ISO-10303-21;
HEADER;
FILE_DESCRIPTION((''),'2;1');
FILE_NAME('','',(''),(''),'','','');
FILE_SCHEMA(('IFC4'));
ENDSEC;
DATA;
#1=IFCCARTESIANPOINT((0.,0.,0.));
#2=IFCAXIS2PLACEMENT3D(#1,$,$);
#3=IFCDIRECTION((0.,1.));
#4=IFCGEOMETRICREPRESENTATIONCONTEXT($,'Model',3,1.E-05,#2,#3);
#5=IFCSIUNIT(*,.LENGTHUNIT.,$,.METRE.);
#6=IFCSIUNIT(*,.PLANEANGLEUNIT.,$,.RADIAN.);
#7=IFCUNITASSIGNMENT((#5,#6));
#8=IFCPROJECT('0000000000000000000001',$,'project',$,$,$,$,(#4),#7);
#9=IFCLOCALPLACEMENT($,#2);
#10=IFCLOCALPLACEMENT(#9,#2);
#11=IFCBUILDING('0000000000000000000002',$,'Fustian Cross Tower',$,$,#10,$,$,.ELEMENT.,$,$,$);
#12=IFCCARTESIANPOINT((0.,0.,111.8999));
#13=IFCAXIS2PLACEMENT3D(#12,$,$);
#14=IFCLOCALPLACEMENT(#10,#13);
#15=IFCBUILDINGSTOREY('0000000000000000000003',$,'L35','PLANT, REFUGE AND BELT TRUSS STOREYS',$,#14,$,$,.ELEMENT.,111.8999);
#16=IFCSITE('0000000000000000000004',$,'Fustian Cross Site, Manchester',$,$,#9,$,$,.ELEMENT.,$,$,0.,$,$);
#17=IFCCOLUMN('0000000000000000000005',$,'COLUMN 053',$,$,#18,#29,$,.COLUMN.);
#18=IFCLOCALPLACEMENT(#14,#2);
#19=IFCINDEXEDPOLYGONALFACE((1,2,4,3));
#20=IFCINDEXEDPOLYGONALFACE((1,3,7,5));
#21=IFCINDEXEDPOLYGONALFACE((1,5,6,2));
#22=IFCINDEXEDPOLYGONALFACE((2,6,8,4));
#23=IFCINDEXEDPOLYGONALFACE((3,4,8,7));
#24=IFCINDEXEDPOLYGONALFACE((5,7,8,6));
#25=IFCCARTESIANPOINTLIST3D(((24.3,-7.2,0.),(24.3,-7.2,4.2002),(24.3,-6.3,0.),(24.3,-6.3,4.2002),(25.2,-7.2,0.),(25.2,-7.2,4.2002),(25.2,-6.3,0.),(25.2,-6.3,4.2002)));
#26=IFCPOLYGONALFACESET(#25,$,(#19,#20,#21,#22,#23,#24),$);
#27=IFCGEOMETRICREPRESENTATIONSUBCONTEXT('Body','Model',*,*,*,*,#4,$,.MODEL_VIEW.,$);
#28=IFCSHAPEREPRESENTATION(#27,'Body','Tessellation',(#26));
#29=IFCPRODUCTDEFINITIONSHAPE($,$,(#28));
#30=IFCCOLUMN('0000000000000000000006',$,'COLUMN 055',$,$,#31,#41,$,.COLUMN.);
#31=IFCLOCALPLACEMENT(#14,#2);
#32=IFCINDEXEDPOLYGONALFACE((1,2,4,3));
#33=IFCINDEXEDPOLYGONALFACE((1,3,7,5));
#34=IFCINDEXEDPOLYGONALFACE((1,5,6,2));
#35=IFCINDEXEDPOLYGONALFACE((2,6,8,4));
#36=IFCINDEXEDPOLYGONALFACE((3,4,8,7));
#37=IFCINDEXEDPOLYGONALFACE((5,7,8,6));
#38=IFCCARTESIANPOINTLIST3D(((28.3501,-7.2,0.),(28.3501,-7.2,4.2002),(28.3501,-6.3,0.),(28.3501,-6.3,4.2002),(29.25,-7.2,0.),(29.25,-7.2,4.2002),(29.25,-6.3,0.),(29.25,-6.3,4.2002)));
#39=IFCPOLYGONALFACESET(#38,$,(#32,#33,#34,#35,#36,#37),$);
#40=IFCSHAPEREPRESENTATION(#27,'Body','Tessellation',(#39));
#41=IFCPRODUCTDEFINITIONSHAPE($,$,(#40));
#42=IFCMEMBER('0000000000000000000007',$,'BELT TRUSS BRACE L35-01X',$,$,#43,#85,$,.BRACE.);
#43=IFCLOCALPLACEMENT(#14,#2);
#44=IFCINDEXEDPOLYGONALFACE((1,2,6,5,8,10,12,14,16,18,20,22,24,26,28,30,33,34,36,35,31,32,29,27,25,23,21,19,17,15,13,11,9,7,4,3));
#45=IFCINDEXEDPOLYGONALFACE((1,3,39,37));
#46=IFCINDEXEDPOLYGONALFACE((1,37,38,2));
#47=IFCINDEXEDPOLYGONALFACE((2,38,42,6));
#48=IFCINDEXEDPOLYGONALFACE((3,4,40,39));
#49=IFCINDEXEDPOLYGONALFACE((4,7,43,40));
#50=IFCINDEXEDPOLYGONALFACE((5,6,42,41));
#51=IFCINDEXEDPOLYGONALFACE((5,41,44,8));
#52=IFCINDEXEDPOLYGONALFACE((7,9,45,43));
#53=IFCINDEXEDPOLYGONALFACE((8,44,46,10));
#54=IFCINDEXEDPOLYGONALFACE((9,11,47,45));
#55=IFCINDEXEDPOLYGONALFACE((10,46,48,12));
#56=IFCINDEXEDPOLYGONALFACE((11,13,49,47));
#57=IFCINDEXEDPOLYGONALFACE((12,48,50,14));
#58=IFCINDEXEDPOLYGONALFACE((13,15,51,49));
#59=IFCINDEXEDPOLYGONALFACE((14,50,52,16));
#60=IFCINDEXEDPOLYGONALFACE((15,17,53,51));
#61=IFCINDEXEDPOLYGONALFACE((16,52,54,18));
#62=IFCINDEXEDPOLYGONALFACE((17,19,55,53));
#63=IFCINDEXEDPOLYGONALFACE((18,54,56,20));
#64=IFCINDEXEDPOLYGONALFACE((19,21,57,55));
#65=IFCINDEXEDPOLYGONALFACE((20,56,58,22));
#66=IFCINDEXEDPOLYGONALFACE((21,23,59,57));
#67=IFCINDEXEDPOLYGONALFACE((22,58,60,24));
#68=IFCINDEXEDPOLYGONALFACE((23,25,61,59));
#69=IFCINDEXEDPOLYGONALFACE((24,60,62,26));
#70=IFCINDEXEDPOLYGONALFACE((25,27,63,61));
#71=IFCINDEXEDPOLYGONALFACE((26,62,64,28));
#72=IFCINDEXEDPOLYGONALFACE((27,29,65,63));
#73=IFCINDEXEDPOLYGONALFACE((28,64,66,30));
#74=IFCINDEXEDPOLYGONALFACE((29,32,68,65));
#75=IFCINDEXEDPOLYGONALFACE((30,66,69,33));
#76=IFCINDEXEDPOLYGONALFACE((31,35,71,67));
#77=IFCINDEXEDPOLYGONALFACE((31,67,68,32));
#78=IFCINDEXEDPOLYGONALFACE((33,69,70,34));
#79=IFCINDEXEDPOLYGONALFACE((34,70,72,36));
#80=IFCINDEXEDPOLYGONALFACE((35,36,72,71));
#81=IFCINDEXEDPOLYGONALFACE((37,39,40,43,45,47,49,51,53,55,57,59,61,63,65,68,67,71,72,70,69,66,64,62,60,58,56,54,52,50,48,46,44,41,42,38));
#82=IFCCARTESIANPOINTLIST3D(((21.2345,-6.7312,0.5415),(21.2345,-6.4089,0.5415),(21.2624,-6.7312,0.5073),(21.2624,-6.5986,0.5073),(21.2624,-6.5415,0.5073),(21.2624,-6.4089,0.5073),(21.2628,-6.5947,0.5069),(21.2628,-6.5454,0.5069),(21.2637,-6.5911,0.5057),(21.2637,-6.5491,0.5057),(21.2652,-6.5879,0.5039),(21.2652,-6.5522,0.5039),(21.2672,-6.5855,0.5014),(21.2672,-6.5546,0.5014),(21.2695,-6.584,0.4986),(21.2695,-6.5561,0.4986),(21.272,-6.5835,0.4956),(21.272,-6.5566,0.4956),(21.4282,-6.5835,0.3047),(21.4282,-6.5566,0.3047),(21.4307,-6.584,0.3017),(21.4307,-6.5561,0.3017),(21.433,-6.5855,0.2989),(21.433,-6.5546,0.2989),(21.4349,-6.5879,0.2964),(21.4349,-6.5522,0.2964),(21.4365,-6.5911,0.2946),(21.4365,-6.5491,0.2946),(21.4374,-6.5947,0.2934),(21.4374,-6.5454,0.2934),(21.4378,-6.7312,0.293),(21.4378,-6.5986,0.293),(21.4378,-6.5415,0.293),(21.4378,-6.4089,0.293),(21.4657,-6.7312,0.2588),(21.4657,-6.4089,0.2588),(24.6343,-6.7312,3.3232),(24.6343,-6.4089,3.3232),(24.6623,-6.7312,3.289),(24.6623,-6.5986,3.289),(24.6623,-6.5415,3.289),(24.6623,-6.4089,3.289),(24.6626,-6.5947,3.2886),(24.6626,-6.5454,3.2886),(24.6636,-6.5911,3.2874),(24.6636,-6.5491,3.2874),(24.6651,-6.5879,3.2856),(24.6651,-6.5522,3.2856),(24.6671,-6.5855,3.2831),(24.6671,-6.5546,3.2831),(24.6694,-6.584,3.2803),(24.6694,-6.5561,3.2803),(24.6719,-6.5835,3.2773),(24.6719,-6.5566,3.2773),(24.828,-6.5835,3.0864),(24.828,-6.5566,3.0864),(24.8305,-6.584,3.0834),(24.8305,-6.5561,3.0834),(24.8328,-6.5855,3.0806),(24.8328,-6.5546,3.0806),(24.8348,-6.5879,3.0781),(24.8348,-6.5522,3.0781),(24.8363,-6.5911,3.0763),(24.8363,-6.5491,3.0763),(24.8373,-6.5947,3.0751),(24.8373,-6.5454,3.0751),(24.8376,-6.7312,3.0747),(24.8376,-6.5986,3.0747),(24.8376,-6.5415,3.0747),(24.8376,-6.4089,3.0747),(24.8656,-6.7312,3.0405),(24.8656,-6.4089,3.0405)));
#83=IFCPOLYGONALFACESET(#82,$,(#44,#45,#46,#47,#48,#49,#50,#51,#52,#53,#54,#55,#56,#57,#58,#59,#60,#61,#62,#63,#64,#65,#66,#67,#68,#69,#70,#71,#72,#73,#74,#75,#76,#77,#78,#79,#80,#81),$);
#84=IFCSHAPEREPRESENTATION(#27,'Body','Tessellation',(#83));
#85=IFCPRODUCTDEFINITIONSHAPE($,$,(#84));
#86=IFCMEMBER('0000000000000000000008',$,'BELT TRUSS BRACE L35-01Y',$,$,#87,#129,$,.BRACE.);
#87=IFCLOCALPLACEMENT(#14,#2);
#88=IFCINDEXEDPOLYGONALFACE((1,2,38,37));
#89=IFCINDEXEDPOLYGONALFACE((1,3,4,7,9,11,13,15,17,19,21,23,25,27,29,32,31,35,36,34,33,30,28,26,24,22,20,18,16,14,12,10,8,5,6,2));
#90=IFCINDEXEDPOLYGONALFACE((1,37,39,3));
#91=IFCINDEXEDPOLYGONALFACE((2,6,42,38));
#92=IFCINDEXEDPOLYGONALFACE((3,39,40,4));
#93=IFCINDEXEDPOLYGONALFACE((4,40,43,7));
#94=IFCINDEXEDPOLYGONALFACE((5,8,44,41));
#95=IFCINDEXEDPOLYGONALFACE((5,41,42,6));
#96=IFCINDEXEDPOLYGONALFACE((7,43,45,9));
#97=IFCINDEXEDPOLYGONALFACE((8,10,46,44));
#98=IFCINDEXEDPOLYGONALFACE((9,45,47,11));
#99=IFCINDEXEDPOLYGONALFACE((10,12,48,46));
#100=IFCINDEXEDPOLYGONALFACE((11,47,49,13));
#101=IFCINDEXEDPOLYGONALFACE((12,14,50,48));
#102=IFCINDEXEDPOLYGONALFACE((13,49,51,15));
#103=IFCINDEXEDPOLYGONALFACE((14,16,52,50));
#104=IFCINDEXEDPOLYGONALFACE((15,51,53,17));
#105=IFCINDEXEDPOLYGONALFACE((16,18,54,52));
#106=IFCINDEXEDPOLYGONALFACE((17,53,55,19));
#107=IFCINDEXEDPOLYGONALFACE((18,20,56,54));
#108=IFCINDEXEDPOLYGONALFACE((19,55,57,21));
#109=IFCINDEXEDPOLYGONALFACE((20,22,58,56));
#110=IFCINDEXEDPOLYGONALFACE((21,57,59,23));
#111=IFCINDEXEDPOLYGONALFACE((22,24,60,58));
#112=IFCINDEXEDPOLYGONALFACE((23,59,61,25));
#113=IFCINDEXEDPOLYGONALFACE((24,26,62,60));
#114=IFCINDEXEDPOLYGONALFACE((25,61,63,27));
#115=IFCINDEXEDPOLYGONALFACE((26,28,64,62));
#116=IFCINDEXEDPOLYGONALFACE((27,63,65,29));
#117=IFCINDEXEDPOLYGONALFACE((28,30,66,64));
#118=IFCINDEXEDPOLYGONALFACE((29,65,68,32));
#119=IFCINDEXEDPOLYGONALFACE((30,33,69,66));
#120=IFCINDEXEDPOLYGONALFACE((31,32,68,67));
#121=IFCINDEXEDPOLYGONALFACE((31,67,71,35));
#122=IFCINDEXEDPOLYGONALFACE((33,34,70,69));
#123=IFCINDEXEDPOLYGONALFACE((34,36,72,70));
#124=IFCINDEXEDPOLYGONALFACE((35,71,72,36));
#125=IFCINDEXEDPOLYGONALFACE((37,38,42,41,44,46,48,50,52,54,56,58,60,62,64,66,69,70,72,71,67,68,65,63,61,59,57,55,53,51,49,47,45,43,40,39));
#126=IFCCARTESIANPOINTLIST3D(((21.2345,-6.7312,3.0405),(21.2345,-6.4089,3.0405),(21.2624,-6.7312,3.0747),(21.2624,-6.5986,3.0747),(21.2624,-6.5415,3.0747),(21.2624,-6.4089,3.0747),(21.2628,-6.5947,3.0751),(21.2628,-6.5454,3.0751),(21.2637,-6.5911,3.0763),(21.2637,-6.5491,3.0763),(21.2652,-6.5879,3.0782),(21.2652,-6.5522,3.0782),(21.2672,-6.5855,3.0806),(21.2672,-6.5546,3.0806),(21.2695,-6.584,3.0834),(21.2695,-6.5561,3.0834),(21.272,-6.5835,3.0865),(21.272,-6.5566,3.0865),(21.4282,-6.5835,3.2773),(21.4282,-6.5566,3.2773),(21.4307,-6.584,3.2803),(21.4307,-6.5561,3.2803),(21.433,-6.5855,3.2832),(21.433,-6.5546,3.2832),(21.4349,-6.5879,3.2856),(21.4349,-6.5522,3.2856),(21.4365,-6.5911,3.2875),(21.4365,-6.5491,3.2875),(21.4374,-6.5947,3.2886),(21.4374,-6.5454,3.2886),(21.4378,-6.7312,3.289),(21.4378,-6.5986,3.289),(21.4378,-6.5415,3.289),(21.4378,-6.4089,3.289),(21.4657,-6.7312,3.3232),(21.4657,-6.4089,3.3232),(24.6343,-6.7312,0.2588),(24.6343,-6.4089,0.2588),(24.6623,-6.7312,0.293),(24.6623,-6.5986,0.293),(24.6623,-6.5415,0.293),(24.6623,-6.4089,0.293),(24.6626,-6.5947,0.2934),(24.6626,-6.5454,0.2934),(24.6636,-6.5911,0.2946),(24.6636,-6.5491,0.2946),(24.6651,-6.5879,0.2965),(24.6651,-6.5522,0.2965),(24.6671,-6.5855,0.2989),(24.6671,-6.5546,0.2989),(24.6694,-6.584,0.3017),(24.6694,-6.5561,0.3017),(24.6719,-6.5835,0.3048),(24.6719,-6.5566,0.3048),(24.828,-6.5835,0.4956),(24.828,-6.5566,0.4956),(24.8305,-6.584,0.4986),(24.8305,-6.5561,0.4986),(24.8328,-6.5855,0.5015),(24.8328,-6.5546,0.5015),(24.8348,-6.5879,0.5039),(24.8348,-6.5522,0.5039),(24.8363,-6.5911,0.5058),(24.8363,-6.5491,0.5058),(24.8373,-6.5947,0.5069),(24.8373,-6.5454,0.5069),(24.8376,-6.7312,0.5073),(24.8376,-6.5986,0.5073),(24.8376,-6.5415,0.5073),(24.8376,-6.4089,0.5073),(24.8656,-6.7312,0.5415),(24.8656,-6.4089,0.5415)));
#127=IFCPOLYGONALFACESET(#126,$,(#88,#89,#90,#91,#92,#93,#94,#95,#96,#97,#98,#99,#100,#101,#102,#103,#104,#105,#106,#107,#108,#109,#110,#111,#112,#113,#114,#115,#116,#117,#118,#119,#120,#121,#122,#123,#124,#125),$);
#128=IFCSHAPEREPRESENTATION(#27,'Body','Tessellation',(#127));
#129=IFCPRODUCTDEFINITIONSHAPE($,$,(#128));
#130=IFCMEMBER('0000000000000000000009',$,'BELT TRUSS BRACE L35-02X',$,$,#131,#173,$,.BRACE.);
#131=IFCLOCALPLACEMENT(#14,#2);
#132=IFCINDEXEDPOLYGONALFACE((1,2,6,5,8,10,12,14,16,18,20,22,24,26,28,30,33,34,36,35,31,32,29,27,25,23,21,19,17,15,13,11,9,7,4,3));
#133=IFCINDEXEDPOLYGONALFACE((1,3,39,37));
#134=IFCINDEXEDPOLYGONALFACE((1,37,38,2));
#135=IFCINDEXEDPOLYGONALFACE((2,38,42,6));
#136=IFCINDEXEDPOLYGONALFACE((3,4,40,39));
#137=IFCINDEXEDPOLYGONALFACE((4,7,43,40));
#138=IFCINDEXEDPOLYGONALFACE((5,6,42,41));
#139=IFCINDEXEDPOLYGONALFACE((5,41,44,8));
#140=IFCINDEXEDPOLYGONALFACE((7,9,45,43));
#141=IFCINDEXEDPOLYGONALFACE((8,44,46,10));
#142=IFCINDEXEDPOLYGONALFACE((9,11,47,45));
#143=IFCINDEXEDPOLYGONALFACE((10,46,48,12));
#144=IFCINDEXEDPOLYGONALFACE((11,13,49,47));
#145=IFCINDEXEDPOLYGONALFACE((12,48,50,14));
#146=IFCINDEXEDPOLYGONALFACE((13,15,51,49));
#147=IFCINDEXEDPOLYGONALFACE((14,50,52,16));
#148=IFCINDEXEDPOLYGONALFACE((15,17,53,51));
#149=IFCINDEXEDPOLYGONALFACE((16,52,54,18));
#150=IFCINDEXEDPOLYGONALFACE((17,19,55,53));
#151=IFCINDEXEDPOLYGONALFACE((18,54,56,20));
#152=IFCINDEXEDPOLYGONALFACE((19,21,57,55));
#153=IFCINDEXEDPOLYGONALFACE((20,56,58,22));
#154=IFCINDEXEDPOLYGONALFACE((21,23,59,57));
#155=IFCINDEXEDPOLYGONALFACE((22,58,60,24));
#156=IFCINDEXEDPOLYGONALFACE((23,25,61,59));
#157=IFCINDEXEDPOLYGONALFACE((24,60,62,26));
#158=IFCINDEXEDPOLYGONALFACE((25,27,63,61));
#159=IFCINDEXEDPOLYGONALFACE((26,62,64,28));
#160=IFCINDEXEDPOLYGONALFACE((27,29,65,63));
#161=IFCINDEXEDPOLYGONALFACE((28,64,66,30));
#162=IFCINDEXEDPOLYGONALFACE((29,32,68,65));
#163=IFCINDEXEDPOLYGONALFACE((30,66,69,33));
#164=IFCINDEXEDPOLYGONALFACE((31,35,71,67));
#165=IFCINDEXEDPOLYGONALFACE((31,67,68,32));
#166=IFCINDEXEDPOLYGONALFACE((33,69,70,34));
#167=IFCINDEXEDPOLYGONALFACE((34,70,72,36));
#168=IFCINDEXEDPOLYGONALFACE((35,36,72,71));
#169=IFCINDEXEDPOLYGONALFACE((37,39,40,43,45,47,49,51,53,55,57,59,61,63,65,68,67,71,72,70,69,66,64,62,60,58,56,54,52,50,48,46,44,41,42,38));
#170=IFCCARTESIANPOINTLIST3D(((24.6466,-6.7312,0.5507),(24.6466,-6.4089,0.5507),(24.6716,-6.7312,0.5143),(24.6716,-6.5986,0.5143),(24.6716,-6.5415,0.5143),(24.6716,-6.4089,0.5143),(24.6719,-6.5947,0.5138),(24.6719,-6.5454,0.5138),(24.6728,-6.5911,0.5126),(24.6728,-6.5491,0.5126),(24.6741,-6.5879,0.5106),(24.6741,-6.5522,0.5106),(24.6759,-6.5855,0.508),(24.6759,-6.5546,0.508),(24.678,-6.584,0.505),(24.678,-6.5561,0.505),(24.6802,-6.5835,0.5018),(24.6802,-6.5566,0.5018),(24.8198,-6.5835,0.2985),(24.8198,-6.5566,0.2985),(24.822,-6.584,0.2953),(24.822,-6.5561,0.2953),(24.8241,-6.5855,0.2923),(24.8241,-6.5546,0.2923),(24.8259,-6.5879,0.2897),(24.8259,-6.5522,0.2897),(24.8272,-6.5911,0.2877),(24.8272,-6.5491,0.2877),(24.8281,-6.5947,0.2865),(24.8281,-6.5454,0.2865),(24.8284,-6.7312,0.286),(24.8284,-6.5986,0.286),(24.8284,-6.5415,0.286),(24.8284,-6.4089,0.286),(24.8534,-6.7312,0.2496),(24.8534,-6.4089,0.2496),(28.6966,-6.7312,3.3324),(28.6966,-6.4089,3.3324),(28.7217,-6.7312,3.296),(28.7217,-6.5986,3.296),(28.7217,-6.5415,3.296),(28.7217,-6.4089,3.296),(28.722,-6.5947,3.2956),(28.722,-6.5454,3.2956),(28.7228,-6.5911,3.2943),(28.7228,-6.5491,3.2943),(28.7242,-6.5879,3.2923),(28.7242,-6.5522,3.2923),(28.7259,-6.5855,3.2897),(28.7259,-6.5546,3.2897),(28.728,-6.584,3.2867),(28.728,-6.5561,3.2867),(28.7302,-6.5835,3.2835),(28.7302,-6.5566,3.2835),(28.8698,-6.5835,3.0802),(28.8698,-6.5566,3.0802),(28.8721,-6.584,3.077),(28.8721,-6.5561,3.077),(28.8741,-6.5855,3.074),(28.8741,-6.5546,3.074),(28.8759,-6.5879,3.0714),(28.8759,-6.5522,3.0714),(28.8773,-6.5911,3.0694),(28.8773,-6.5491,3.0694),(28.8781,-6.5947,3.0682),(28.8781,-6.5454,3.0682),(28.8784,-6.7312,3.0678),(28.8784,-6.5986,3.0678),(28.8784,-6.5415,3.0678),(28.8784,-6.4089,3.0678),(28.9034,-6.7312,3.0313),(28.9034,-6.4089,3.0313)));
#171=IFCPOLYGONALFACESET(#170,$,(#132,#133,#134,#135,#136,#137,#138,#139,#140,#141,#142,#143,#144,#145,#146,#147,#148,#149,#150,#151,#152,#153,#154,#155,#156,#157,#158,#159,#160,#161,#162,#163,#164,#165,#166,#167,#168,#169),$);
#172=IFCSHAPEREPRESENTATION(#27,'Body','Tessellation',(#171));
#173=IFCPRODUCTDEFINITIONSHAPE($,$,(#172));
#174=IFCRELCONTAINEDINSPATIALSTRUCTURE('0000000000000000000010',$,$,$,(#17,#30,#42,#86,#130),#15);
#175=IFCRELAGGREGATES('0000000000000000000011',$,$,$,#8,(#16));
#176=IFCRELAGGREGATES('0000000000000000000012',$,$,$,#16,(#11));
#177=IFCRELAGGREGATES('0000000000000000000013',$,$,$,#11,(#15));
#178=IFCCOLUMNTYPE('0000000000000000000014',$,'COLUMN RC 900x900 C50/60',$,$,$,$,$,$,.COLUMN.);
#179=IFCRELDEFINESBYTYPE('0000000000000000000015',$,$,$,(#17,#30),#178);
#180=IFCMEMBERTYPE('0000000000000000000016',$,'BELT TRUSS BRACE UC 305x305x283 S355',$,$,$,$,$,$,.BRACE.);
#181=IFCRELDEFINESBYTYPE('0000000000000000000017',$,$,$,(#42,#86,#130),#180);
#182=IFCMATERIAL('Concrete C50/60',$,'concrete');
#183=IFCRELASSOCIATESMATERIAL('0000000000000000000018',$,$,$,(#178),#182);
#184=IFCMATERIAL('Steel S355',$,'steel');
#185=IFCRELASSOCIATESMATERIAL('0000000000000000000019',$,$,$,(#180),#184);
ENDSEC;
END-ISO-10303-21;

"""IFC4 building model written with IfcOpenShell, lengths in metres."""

from ifc_helpers import new_model, si_unit, direction, frame, origin, origin_2d, place, context, subcontext, project, spatial, rectangle, i_section, extrude, material, material_profile, profile_set, type_object, element, save


model = new_model("IFC4")

# Units and contexts
model_context = context("Model", 3, precision=1e-05, world=origin(), true_north=direction((0.0, 1.0)))
body_context = subcontext(model_context, "Body", "Model", "MODEL_VIEW")
ifc_project = project(units=[si_unit("LENGTHUNIT", "METRE"), si_unit("PLANEANGLEUNIT", "RADIAN")], contexts=[model_context])

# Site, building, storey
site_placement = place(None, origin())
site = spatial("IfcSite", under=ifc_project, at=site_placement, Name="Fustian Cross Site, Manchester", CompositionType="ELEMENT", RefElevation=0.0)
building_placement = place(site_placement, origin())
building = spatial("IfcBuilding", under=site, at=building_placement, Name="Fustian Cross Tower", CompositionType="ELEMENT")
storey_placement = place(building_placement, frame((0.0, 0.0, 111.8999)))
storey = spatial("IfcBuildingStorey", under=building, at=storey_placement, Name="L35", Description="PLANT, REFUGE AND BELT TRUSS STOREYS", CompositionType="ELEMENT", Elevation=111.8999)

# Columns
ifc_material_1 = material(Name="Concrete C50/60", Category="concrete")
ifc_material_profile_1 = material_profile(ifc_material_1, rectangle(XDim=0.8999, YDim=0.8999, at=origin_2d()), Name="RC 900x900")
ifc_profile_set_1 = profile_set([ifc_material_profile_1], Name="Concrete C50/60")
column_type = type_object("IfcColumnType", Name="COLUMN RC 900x900 C50/60", PredefinedType="COLUMN", material=ifc_profile_set_1)
for number, where, z_axis, x_axis, name in (
    (1, (24.75, -6.75, 0.0), (0.0, 0.0, 1.0), (1.0, 0.0, 0.0), "COLUMN 053"),
    (2, (28.8, -6.75, 0.0), (0.0, 0.0, 1.0), (1.0, 0.0, 0.0), "COLUMN 055"),
):
    element("IfcColumn", number, at=place(storey_placement, frame(where, z_axis=z_axis, x_axis=x_axis)), inside=storey, type_object=column_type, Name=name, PredefinedType="COLUMN", context=body_context, shape_type="SweptSolid", body=[
        extrude(rectangle(XDim=0.8999, YDim=0.8999, at=origin_2d()), origin(), (0.0, 0.0, 1.0), 4.2002),
    ])

# Members
ifc_material_2 = material(Name="Steel S355", Category="steel")
ifc_material_profile_2 = material_profile(ifc_material_2, i_section(OverallWidth=0.3223, OverallDepth=0.3652, WebThickness=0.0269, FlangeThickness=0.0442, FilletRadius=0.0151, at=origin_2d()), Name="UC 305x305x283")
ifc_profile_set_2 = profile_set([ifc_material_profile_2], Name="Steel S355")
member_type_1 = type_object("IfcMemberType", Name="BELT TRUSS BRACE UC 305x305x283 S355", PredefinedType="BRACE", material=ifc_profile_set_2)
for number, where, z_axis, x_axis, name in (
    (3, (21.3501, -6.5701, 0.4001), (0.773957, 0.0, 0.633238), (0.0, 1.0, 0.0), "BELT TRUSS BRACE L35-01X"),
    (4, (21.3501, -6.5701, 3.1819), (0.773957, 0.0, -0.633238), (0.0, 1.0, 0.0), "BELT TRUSS BRACE L35-01Y"),
):
    element("IfcMember", number, at=place(storey_placement, frame(where, z_axis=z_axis, x_axis=x_axis)), inside=storey, type_object=member_type_1, Name=name, PredefinedType="BRACE", context=body_context, shape_type="SweptSolid", body=[
        extrude(i_section(OverallWidth=0.3223, OverallDepth=0.3652, WebThickness=0.0269, FlangeThickness=0.0442, FilletRadius=0.0151, at=origin_2d()), origin(), (0.0, 0.0, 1.0), 4.3928),
    ])
for number, where, z_axis, x_axis, name in (
    (5, (24.75, -6.5701, 0.4001), (0.824296, 0.0, 0.56616), (0.0, 1.0, 0.0), "BELT TRUSS BRACE L35-02X"),
):
    element("IfcMember", number, at=place(storey_placement, frame(where, z_axis=z_axis, x_axis=x_axis)), inside=storey, type_object=member_type_1, Name=name, PredefinedType="BRACE", context=body_context, shape_type="SweptSolid", body=[
        extrude(i_section(OverallWidth=0.3223, OverallDepth=0.3652, WebThickness=0.0269, FlangeThickness=0.0442, FilletRadius=0.0151, at=origin_2d()), origin(), (0.0, 0.0, 1.0), 4.9133),
    ])

save(model, "model.ifc")
